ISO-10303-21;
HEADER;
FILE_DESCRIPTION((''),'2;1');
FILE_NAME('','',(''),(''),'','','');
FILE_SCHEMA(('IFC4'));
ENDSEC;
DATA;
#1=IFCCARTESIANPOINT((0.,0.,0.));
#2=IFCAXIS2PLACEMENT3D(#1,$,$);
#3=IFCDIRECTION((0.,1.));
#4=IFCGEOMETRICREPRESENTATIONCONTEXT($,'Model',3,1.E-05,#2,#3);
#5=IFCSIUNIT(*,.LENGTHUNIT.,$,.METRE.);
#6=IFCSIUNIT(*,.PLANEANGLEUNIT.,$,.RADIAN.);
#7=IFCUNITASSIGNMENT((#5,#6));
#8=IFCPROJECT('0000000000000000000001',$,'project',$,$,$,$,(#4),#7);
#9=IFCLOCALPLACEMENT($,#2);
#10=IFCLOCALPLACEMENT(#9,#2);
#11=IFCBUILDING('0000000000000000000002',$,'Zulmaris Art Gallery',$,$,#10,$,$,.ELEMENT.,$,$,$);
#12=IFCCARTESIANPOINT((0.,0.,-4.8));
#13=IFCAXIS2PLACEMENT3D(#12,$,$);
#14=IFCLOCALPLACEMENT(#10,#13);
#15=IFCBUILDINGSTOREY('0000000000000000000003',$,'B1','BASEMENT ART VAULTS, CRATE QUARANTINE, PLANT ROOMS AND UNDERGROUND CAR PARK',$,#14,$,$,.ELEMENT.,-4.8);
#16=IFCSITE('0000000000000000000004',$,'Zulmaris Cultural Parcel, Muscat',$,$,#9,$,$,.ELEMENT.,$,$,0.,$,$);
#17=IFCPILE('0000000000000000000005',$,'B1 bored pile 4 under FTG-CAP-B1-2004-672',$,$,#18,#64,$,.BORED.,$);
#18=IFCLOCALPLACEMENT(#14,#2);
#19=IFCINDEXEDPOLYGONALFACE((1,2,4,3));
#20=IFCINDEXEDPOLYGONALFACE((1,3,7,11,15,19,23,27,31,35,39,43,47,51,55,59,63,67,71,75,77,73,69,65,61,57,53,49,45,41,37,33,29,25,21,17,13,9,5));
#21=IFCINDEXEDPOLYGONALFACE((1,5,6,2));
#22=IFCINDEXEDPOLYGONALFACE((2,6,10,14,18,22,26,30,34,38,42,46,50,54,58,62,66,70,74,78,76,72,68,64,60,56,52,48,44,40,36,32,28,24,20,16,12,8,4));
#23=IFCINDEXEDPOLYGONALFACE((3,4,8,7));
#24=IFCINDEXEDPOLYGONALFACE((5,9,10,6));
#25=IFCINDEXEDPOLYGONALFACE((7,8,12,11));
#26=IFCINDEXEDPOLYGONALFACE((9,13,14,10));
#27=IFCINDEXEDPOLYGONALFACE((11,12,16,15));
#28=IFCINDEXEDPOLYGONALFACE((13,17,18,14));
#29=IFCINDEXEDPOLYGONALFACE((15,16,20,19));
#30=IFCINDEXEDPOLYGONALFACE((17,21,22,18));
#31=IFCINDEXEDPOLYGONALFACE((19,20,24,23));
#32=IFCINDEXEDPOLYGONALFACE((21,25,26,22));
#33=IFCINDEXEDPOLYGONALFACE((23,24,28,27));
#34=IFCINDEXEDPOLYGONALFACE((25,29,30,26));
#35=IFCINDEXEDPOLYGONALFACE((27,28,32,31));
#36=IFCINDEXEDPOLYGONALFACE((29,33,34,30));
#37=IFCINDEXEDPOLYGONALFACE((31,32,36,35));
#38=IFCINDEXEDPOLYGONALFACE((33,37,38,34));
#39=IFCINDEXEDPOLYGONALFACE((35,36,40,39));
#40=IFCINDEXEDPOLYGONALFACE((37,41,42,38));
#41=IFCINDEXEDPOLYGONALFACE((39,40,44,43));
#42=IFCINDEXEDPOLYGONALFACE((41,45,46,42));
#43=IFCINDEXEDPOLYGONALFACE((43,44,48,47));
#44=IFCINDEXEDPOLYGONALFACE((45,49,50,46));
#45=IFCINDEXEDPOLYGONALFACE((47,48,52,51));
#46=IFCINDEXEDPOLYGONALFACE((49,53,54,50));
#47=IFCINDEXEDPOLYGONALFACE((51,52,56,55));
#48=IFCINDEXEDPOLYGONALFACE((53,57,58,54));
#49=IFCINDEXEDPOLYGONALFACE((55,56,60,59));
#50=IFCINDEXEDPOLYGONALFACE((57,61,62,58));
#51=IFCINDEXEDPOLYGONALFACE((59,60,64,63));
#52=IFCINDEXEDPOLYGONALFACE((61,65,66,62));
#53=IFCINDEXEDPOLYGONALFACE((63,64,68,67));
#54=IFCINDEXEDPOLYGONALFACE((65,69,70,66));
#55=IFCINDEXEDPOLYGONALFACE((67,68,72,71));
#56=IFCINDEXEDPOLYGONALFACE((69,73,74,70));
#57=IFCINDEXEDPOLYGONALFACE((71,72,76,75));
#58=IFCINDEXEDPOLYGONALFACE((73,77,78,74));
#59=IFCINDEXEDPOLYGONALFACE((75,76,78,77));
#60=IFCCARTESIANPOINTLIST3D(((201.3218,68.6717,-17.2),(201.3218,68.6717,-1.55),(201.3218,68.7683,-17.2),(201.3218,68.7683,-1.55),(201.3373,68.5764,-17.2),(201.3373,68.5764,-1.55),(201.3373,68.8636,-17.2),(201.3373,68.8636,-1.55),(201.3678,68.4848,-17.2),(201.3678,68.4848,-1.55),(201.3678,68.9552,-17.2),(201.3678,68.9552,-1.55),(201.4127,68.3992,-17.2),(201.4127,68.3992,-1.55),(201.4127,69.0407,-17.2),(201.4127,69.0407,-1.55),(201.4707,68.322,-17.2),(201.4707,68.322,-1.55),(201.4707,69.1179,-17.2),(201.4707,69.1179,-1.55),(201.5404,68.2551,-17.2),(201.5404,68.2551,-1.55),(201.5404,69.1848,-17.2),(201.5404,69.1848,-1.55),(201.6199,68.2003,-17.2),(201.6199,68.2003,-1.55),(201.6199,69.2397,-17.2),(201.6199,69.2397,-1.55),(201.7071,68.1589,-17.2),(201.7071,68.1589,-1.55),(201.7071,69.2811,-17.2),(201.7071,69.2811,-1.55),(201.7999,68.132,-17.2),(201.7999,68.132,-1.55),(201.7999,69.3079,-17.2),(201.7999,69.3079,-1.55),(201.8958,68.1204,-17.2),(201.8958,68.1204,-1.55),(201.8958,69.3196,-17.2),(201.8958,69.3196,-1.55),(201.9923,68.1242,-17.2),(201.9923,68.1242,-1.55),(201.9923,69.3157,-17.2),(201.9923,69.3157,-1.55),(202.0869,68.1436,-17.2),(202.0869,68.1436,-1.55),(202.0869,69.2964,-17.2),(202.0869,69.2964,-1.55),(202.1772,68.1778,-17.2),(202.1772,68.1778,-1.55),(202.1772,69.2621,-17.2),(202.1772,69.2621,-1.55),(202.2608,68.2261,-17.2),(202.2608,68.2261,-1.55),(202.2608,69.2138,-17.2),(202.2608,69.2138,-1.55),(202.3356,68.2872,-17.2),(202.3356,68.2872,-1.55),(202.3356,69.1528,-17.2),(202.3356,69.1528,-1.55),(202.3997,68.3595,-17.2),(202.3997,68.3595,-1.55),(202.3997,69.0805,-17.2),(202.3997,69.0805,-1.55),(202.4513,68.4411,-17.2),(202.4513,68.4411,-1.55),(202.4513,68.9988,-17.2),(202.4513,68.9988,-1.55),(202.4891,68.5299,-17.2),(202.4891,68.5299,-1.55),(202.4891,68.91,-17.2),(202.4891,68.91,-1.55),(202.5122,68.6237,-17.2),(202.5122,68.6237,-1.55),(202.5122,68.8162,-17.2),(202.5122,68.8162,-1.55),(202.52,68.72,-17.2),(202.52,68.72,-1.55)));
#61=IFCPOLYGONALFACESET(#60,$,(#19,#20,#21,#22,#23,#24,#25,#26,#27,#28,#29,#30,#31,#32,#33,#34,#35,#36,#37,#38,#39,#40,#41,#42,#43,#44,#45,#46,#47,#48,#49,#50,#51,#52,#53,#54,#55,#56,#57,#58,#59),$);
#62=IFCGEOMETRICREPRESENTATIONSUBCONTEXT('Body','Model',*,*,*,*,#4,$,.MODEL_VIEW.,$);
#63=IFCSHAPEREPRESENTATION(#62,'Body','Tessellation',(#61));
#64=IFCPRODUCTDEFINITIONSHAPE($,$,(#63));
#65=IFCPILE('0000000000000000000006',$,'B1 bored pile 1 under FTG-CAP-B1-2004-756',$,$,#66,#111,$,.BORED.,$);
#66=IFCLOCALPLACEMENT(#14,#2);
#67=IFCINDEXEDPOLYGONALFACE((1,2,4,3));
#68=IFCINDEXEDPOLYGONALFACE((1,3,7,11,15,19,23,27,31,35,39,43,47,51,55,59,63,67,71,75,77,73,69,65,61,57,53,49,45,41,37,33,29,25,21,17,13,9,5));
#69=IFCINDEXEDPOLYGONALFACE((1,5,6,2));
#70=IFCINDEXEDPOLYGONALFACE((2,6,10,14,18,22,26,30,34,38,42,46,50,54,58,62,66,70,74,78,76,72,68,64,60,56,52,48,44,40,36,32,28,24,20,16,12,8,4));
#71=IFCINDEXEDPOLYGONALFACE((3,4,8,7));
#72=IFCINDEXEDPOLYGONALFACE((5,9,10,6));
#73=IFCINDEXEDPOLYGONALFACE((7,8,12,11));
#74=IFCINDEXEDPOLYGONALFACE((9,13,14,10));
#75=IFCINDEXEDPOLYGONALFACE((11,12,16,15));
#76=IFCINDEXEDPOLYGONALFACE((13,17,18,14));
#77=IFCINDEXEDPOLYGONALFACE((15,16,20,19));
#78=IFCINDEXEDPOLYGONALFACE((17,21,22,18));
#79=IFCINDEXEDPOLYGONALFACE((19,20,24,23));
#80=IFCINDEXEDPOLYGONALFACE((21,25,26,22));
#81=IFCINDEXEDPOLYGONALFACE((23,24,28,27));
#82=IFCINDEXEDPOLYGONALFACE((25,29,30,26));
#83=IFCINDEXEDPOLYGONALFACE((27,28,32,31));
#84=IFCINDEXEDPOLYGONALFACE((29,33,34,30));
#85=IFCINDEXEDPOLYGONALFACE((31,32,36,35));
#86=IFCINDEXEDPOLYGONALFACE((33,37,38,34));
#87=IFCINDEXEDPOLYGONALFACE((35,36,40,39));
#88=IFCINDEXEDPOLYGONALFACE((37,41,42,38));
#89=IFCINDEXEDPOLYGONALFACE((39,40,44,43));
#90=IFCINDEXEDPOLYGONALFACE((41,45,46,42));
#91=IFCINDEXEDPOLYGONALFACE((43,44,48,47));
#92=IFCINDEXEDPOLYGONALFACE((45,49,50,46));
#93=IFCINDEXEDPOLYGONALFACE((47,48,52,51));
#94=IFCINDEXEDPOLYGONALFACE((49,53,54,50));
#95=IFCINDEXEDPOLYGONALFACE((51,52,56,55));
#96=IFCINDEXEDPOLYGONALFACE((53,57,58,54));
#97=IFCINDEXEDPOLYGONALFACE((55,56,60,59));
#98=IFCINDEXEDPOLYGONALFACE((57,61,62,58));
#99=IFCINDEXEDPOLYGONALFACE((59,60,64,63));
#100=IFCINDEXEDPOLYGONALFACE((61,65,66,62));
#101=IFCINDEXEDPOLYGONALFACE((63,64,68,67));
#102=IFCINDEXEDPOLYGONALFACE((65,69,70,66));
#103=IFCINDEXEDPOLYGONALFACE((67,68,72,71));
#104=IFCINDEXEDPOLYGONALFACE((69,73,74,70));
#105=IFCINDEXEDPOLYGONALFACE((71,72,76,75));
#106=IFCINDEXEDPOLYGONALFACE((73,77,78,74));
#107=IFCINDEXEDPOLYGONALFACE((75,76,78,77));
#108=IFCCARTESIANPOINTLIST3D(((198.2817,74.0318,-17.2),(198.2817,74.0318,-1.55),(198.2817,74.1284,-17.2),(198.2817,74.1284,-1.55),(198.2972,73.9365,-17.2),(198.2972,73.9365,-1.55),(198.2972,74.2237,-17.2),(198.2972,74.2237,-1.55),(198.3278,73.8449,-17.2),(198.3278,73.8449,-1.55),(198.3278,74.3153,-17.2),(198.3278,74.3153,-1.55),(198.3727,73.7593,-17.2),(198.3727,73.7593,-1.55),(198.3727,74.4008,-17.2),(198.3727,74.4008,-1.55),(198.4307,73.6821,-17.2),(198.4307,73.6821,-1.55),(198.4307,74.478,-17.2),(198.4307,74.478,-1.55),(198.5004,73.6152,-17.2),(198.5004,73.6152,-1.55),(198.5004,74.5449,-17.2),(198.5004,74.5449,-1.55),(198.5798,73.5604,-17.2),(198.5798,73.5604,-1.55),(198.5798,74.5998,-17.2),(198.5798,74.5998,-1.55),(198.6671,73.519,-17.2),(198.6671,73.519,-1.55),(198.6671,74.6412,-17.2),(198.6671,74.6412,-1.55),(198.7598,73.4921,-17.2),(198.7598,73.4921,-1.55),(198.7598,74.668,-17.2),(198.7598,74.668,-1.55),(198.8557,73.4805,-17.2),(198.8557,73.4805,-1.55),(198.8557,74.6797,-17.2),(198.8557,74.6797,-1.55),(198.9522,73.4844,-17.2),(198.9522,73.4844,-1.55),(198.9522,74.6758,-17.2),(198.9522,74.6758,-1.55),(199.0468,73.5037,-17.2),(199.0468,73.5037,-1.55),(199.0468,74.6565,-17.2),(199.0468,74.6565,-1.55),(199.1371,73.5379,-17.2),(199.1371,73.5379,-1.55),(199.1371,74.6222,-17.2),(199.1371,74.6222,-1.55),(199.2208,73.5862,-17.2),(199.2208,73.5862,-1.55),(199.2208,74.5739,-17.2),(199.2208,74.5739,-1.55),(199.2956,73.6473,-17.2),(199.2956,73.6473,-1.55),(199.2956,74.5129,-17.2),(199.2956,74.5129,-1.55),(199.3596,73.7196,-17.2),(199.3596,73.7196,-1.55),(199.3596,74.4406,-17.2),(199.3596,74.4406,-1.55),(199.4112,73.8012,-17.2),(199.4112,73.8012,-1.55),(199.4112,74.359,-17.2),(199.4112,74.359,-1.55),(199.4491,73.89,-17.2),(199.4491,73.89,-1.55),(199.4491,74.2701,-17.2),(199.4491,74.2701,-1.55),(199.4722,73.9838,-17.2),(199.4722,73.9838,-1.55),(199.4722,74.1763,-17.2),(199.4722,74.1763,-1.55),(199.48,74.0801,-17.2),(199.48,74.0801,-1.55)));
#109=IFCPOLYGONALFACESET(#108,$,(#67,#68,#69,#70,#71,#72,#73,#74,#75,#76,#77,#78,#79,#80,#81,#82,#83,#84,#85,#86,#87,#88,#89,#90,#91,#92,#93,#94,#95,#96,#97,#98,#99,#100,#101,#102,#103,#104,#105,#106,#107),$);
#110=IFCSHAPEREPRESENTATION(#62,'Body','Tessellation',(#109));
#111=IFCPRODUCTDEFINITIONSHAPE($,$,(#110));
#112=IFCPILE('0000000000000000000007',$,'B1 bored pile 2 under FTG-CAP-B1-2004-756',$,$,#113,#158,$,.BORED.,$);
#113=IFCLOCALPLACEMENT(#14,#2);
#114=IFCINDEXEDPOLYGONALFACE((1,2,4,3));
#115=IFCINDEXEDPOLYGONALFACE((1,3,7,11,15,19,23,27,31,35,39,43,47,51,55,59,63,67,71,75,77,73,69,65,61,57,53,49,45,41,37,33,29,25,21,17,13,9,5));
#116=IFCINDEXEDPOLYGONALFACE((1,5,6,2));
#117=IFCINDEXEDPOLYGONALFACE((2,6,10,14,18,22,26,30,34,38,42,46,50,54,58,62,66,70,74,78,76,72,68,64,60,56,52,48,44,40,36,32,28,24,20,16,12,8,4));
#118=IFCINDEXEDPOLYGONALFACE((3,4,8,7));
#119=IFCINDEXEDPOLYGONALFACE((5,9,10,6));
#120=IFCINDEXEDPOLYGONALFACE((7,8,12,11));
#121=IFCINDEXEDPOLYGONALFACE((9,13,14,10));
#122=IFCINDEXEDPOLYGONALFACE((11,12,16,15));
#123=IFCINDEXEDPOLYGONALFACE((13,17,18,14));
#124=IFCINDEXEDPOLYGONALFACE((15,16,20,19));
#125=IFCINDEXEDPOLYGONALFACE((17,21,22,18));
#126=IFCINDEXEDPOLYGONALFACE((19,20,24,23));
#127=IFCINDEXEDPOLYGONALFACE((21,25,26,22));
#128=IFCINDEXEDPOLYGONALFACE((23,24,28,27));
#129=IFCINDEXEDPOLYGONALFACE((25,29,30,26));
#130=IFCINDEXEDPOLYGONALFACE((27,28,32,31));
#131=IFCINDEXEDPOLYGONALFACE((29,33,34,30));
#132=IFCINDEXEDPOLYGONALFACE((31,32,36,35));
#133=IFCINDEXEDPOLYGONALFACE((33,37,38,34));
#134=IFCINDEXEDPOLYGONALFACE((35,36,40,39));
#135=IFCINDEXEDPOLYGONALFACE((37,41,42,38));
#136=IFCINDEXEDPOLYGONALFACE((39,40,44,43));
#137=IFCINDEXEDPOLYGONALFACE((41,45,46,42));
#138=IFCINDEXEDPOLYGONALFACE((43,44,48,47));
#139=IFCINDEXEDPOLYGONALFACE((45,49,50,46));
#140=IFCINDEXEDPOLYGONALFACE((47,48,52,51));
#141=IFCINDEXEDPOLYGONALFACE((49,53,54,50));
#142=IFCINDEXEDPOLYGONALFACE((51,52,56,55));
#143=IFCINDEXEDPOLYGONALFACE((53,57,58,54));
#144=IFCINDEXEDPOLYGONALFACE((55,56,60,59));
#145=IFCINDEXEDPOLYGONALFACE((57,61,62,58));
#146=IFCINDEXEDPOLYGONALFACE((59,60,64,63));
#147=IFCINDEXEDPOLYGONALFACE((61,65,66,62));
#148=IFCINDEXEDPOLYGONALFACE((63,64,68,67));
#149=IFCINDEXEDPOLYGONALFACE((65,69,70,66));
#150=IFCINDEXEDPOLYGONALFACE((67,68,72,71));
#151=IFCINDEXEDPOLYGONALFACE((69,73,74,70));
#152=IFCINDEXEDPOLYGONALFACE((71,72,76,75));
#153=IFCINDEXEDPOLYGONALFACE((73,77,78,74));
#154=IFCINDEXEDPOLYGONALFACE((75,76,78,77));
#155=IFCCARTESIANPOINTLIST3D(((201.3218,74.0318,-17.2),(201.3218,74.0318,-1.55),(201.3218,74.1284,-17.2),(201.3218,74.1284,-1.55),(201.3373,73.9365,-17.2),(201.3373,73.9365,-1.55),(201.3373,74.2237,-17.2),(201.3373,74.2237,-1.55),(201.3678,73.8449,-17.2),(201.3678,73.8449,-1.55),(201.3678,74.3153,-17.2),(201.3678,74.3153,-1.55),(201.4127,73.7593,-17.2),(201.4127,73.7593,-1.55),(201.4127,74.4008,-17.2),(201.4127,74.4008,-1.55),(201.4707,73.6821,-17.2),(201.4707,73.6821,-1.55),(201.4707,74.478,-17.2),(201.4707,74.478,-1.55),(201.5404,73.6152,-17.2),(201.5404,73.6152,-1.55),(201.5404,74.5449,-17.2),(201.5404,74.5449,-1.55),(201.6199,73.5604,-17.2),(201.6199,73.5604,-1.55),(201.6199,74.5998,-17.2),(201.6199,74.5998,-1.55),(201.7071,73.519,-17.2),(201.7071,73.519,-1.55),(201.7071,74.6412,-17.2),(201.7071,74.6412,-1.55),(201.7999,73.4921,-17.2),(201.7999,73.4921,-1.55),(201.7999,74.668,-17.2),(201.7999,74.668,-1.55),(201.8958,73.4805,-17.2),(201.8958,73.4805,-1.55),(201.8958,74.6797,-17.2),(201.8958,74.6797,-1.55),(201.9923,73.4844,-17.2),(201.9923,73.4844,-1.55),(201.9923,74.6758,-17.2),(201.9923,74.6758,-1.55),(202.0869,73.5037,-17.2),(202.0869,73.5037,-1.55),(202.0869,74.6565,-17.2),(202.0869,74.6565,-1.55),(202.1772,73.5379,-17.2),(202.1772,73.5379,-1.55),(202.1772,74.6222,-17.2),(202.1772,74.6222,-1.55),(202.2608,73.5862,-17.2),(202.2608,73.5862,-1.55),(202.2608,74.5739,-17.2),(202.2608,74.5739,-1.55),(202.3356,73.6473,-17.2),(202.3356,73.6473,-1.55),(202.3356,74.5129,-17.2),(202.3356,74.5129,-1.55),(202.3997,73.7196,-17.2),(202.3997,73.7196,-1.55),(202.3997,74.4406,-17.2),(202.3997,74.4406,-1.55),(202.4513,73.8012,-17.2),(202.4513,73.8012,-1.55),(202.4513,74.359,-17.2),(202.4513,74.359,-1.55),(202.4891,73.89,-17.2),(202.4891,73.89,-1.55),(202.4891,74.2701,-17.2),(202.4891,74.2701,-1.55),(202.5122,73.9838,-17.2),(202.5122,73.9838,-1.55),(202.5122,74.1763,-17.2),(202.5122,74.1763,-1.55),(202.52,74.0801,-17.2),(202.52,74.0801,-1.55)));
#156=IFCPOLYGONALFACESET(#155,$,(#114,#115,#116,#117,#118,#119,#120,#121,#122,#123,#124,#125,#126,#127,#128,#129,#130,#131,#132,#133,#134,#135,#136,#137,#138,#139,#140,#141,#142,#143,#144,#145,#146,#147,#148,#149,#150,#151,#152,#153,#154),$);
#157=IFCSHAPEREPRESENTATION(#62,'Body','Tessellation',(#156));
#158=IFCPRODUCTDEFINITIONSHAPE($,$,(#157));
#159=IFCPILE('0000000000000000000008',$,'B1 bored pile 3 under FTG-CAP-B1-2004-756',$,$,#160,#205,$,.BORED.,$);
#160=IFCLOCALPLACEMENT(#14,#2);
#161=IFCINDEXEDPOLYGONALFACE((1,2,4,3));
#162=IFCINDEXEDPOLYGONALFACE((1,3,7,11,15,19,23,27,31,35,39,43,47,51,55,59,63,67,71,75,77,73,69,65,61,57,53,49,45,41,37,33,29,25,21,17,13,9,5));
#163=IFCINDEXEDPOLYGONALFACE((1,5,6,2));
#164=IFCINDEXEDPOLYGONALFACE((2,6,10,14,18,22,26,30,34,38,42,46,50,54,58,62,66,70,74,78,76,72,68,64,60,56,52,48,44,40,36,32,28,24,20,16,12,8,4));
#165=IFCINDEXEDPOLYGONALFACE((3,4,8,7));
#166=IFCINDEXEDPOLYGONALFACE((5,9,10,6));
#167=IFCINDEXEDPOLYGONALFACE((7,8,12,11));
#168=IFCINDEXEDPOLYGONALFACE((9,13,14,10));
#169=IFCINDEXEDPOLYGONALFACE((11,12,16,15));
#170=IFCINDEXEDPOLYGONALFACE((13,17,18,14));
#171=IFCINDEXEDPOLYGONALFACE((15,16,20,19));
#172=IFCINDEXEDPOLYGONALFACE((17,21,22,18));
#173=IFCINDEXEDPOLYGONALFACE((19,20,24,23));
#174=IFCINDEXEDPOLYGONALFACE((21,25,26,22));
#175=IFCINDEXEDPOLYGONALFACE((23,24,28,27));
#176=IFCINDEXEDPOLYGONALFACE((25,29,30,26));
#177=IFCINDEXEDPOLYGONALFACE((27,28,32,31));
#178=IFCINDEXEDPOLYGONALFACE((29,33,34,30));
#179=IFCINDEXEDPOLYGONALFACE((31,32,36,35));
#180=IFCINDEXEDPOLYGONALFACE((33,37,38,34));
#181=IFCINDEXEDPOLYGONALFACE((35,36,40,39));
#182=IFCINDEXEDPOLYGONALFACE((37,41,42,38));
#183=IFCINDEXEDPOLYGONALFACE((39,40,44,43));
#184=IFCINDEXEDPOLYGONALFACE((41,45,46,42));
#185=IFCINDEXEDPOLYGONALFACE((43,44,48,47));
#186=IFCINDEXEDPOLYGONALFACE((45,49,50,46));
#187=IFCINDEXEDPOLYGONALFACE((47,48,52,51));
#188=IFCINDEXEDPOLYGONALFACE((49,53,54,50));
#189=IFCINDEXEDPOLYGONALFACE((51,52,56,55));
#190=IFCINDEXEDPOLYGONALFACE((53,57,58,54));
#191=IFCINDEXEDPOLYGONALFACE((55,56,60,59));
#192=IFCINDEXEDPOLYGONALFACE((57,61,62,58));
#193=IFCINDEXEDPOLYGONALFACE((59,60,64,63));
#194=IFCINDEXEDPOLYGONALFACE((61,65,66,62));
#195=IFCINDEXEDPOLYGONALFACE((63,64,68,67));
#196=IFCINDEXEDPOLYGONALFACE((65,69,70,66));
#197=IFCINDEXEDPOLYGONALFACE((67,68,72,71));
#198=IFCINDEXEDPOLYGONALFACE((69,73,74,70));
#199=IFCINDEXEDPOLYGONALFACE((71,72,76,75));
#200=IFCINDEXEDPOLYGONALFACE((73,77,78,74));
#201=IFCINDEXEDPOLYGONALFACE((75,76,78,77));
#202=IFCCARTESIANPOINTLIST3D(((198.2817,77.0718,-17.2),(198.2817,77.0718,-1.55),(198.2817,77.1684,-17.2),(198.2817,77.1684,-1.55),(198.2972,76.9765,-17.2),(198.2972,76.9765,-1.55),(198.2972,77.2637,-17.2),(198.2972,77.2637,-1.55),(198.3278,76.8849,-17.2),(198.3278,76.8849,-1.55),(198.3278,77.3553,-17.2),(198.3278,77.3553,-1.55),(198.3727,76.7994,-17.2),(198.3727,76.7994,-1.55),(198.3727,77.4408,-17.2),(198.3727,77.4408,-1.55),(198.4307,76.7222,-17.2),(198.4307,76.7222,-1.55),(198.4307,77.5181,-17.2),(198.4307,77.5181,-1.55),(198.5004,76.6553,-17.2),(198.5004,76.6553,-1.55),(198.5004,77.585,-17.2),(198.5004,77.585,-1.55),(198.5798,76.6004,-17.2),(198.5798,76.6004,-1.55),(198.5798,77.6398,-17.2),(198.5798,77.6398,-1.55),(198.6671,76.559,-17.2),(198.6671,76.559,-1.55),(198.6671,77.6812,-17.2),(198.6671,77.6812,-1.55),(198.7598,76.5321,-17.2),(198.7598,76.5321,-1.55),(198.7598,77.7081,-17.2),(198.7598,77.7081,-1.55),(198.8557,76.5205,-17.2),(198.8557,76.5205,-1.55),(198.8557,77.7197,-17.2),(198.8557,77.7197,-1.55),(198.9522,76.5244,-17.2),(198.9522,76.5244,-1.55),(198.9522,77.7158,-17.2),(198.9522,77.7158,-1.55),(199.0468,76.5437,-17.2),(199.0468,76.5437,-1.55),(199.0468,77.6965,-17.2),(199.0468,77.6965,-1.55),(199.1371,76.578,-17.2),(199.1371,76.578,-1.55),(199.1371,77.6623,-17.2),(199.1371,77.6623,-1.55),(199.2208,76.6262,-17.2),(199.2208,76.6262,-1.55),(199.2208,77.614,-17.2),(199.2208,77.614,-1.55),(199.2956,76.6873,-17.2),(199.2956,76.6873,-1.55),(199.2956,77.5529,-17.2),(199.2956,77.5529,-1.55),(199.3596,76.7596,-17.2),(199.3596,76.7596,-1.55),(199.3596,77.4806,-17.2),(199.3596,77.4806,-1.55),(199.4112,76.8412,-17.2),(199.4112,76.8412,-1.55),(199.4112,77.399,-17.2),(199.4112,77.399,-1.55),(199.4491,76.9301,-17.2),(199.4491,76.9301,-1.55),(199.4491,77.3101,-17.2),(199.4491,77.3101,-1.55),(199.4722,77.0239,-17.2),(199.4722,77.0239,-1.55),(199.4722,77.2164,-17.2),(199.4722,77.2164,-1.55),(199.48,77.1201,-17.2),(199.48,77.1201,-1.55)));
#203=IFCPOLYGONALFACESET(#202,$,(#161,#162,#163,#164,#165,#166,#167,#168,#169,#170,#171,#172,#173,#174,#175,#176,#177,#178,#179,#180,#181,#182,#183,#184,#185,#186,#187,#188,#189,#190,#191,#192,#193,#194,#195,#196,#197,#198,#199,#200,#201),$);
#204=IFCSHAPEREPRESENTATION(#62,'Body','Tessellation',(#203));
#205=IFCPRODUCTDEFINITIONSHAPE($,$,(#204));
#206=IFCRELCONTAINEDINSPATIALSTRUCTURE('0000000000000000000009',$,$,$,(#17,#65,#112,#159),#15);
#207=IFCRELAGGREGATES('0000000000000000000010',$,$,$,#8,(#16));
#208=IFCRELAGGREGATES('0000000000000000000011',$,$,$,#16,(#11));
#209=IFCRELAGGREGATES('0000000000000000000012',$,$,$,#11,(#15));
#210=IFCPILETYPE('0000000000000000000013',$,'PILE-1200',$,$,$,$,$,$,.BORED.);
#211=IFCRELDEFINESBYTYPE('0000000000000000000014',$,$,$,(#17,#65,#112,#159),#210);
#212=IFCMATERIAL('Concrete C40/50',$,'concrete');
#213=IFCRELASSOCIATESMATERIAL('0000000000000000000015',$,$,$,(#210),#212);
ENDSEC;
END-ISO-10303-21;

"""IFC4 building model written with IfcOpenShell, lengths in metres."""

from ifc_helpers import new_model, si_unit, direction, frame, origin, origin_2d, place, context, subcontext, project, spatial, circle, extrude, material, material_profile, profile_set, type_object, element, save


model = new_model("IFC4")

# Units and contexts
model_context = context("Model", 3, precision=1e-05, world=origin(), true_north=direction((0.0, 1.0)))
body_context = subcontext(model_context, "Body", "Model", "MODEL_VIEW")
ifc_project = project(units=[si_unit("LENGTHUNIT", "METRE"), si_unit("PLANEANGLEUNIT", "RADIAN")], contexts=[model_context])

# Site, building, storey
site_placement = place(None, origin())
site = spatial("IfcSite", under=ifc_project, at=site_placement, Name="Zulmaris Cultural Parcel, Muscat", CompositionType="ELEMENT", RefElevation=0.0)
building_placement = place(site_placement, origin())
building = spatial("IfcBuilding", under=site, at=building_placement, Name="Zulmaris Art Gallery", CompositionType="ELEMENT")
storey_placement = place(building_placement, frame((0.0, 0.0, -4.8)))
storey = spatial("IfcBuildingStorey", under=building, at=storey_placement, Name="B1", Description="BASEMENT ART VAULTS, CRATE QUARANTINE, PLANT ROOMS AND UNDERGROUND CAR PARK", CompositionType="ELEMENT", Elevation=-4.8)

# Piles
ifc_material_1 = material(Name="Concrete C40/50", Category="concrete")
ifc_material_profile_1 = material_profile(ifc_material_1, circle(Radius=0.6001, at=origin_2d()), Name="PILE DIA 1200")
ifc_profile_set_1 = profile_set([ifc_material_profile_1], Name="Concrete C40/50")
pile_type_1 = type_object("IfcPileType", Name="PILE-1200", PredefinedType="BORED", material=ifc_profile_set_1)
for number, where, z_axis, x_axis, name in (
    (1, (201.9199, 68.72, -1.55), (0.0, 0.0, -1.0), (1.0, 0.0, 0.0), "B1 bored pile 4 under FTG-CAP-B1-2004-672"),
    (2, (198.8799, 74.0801, -1.55), (0.0, 0.0, -1.0), (1.0, 0.0, 0.0), "B1 bored pile 1 under FTG-CAP-B1-2004-756"),
    (3, (201.9199, 74.0801, -1.55), (0.0, 0.0, -1.0), (1.0, 0.0, 0.0), "B1 bored pile 2 under FTG-CAP-B1-2004-756"),
    (4, (198.8799, 77.1201, -1.55), (0.0, 0.0, -1.0), (1.0, 0.0, 0.0), "B1 bored pile 3 under FTG-CAP-B1-2004-756"),
):
    element("IfcPile", number, at=place(storey_placement, frame(where, z_axis=z_axis, x_axis=x_axis)), inside=storey, type_object=pile_type_1, Name=name, PredefinedType="BORED", context=body_context, shape_type="SweptSolid", body=[
        extrude(circle(Radius=0.6001, at=origin_2d()), origin(), (0.0, 0.0, 1.0), 15.6499),
    ])

save(model, "model.ifc")
